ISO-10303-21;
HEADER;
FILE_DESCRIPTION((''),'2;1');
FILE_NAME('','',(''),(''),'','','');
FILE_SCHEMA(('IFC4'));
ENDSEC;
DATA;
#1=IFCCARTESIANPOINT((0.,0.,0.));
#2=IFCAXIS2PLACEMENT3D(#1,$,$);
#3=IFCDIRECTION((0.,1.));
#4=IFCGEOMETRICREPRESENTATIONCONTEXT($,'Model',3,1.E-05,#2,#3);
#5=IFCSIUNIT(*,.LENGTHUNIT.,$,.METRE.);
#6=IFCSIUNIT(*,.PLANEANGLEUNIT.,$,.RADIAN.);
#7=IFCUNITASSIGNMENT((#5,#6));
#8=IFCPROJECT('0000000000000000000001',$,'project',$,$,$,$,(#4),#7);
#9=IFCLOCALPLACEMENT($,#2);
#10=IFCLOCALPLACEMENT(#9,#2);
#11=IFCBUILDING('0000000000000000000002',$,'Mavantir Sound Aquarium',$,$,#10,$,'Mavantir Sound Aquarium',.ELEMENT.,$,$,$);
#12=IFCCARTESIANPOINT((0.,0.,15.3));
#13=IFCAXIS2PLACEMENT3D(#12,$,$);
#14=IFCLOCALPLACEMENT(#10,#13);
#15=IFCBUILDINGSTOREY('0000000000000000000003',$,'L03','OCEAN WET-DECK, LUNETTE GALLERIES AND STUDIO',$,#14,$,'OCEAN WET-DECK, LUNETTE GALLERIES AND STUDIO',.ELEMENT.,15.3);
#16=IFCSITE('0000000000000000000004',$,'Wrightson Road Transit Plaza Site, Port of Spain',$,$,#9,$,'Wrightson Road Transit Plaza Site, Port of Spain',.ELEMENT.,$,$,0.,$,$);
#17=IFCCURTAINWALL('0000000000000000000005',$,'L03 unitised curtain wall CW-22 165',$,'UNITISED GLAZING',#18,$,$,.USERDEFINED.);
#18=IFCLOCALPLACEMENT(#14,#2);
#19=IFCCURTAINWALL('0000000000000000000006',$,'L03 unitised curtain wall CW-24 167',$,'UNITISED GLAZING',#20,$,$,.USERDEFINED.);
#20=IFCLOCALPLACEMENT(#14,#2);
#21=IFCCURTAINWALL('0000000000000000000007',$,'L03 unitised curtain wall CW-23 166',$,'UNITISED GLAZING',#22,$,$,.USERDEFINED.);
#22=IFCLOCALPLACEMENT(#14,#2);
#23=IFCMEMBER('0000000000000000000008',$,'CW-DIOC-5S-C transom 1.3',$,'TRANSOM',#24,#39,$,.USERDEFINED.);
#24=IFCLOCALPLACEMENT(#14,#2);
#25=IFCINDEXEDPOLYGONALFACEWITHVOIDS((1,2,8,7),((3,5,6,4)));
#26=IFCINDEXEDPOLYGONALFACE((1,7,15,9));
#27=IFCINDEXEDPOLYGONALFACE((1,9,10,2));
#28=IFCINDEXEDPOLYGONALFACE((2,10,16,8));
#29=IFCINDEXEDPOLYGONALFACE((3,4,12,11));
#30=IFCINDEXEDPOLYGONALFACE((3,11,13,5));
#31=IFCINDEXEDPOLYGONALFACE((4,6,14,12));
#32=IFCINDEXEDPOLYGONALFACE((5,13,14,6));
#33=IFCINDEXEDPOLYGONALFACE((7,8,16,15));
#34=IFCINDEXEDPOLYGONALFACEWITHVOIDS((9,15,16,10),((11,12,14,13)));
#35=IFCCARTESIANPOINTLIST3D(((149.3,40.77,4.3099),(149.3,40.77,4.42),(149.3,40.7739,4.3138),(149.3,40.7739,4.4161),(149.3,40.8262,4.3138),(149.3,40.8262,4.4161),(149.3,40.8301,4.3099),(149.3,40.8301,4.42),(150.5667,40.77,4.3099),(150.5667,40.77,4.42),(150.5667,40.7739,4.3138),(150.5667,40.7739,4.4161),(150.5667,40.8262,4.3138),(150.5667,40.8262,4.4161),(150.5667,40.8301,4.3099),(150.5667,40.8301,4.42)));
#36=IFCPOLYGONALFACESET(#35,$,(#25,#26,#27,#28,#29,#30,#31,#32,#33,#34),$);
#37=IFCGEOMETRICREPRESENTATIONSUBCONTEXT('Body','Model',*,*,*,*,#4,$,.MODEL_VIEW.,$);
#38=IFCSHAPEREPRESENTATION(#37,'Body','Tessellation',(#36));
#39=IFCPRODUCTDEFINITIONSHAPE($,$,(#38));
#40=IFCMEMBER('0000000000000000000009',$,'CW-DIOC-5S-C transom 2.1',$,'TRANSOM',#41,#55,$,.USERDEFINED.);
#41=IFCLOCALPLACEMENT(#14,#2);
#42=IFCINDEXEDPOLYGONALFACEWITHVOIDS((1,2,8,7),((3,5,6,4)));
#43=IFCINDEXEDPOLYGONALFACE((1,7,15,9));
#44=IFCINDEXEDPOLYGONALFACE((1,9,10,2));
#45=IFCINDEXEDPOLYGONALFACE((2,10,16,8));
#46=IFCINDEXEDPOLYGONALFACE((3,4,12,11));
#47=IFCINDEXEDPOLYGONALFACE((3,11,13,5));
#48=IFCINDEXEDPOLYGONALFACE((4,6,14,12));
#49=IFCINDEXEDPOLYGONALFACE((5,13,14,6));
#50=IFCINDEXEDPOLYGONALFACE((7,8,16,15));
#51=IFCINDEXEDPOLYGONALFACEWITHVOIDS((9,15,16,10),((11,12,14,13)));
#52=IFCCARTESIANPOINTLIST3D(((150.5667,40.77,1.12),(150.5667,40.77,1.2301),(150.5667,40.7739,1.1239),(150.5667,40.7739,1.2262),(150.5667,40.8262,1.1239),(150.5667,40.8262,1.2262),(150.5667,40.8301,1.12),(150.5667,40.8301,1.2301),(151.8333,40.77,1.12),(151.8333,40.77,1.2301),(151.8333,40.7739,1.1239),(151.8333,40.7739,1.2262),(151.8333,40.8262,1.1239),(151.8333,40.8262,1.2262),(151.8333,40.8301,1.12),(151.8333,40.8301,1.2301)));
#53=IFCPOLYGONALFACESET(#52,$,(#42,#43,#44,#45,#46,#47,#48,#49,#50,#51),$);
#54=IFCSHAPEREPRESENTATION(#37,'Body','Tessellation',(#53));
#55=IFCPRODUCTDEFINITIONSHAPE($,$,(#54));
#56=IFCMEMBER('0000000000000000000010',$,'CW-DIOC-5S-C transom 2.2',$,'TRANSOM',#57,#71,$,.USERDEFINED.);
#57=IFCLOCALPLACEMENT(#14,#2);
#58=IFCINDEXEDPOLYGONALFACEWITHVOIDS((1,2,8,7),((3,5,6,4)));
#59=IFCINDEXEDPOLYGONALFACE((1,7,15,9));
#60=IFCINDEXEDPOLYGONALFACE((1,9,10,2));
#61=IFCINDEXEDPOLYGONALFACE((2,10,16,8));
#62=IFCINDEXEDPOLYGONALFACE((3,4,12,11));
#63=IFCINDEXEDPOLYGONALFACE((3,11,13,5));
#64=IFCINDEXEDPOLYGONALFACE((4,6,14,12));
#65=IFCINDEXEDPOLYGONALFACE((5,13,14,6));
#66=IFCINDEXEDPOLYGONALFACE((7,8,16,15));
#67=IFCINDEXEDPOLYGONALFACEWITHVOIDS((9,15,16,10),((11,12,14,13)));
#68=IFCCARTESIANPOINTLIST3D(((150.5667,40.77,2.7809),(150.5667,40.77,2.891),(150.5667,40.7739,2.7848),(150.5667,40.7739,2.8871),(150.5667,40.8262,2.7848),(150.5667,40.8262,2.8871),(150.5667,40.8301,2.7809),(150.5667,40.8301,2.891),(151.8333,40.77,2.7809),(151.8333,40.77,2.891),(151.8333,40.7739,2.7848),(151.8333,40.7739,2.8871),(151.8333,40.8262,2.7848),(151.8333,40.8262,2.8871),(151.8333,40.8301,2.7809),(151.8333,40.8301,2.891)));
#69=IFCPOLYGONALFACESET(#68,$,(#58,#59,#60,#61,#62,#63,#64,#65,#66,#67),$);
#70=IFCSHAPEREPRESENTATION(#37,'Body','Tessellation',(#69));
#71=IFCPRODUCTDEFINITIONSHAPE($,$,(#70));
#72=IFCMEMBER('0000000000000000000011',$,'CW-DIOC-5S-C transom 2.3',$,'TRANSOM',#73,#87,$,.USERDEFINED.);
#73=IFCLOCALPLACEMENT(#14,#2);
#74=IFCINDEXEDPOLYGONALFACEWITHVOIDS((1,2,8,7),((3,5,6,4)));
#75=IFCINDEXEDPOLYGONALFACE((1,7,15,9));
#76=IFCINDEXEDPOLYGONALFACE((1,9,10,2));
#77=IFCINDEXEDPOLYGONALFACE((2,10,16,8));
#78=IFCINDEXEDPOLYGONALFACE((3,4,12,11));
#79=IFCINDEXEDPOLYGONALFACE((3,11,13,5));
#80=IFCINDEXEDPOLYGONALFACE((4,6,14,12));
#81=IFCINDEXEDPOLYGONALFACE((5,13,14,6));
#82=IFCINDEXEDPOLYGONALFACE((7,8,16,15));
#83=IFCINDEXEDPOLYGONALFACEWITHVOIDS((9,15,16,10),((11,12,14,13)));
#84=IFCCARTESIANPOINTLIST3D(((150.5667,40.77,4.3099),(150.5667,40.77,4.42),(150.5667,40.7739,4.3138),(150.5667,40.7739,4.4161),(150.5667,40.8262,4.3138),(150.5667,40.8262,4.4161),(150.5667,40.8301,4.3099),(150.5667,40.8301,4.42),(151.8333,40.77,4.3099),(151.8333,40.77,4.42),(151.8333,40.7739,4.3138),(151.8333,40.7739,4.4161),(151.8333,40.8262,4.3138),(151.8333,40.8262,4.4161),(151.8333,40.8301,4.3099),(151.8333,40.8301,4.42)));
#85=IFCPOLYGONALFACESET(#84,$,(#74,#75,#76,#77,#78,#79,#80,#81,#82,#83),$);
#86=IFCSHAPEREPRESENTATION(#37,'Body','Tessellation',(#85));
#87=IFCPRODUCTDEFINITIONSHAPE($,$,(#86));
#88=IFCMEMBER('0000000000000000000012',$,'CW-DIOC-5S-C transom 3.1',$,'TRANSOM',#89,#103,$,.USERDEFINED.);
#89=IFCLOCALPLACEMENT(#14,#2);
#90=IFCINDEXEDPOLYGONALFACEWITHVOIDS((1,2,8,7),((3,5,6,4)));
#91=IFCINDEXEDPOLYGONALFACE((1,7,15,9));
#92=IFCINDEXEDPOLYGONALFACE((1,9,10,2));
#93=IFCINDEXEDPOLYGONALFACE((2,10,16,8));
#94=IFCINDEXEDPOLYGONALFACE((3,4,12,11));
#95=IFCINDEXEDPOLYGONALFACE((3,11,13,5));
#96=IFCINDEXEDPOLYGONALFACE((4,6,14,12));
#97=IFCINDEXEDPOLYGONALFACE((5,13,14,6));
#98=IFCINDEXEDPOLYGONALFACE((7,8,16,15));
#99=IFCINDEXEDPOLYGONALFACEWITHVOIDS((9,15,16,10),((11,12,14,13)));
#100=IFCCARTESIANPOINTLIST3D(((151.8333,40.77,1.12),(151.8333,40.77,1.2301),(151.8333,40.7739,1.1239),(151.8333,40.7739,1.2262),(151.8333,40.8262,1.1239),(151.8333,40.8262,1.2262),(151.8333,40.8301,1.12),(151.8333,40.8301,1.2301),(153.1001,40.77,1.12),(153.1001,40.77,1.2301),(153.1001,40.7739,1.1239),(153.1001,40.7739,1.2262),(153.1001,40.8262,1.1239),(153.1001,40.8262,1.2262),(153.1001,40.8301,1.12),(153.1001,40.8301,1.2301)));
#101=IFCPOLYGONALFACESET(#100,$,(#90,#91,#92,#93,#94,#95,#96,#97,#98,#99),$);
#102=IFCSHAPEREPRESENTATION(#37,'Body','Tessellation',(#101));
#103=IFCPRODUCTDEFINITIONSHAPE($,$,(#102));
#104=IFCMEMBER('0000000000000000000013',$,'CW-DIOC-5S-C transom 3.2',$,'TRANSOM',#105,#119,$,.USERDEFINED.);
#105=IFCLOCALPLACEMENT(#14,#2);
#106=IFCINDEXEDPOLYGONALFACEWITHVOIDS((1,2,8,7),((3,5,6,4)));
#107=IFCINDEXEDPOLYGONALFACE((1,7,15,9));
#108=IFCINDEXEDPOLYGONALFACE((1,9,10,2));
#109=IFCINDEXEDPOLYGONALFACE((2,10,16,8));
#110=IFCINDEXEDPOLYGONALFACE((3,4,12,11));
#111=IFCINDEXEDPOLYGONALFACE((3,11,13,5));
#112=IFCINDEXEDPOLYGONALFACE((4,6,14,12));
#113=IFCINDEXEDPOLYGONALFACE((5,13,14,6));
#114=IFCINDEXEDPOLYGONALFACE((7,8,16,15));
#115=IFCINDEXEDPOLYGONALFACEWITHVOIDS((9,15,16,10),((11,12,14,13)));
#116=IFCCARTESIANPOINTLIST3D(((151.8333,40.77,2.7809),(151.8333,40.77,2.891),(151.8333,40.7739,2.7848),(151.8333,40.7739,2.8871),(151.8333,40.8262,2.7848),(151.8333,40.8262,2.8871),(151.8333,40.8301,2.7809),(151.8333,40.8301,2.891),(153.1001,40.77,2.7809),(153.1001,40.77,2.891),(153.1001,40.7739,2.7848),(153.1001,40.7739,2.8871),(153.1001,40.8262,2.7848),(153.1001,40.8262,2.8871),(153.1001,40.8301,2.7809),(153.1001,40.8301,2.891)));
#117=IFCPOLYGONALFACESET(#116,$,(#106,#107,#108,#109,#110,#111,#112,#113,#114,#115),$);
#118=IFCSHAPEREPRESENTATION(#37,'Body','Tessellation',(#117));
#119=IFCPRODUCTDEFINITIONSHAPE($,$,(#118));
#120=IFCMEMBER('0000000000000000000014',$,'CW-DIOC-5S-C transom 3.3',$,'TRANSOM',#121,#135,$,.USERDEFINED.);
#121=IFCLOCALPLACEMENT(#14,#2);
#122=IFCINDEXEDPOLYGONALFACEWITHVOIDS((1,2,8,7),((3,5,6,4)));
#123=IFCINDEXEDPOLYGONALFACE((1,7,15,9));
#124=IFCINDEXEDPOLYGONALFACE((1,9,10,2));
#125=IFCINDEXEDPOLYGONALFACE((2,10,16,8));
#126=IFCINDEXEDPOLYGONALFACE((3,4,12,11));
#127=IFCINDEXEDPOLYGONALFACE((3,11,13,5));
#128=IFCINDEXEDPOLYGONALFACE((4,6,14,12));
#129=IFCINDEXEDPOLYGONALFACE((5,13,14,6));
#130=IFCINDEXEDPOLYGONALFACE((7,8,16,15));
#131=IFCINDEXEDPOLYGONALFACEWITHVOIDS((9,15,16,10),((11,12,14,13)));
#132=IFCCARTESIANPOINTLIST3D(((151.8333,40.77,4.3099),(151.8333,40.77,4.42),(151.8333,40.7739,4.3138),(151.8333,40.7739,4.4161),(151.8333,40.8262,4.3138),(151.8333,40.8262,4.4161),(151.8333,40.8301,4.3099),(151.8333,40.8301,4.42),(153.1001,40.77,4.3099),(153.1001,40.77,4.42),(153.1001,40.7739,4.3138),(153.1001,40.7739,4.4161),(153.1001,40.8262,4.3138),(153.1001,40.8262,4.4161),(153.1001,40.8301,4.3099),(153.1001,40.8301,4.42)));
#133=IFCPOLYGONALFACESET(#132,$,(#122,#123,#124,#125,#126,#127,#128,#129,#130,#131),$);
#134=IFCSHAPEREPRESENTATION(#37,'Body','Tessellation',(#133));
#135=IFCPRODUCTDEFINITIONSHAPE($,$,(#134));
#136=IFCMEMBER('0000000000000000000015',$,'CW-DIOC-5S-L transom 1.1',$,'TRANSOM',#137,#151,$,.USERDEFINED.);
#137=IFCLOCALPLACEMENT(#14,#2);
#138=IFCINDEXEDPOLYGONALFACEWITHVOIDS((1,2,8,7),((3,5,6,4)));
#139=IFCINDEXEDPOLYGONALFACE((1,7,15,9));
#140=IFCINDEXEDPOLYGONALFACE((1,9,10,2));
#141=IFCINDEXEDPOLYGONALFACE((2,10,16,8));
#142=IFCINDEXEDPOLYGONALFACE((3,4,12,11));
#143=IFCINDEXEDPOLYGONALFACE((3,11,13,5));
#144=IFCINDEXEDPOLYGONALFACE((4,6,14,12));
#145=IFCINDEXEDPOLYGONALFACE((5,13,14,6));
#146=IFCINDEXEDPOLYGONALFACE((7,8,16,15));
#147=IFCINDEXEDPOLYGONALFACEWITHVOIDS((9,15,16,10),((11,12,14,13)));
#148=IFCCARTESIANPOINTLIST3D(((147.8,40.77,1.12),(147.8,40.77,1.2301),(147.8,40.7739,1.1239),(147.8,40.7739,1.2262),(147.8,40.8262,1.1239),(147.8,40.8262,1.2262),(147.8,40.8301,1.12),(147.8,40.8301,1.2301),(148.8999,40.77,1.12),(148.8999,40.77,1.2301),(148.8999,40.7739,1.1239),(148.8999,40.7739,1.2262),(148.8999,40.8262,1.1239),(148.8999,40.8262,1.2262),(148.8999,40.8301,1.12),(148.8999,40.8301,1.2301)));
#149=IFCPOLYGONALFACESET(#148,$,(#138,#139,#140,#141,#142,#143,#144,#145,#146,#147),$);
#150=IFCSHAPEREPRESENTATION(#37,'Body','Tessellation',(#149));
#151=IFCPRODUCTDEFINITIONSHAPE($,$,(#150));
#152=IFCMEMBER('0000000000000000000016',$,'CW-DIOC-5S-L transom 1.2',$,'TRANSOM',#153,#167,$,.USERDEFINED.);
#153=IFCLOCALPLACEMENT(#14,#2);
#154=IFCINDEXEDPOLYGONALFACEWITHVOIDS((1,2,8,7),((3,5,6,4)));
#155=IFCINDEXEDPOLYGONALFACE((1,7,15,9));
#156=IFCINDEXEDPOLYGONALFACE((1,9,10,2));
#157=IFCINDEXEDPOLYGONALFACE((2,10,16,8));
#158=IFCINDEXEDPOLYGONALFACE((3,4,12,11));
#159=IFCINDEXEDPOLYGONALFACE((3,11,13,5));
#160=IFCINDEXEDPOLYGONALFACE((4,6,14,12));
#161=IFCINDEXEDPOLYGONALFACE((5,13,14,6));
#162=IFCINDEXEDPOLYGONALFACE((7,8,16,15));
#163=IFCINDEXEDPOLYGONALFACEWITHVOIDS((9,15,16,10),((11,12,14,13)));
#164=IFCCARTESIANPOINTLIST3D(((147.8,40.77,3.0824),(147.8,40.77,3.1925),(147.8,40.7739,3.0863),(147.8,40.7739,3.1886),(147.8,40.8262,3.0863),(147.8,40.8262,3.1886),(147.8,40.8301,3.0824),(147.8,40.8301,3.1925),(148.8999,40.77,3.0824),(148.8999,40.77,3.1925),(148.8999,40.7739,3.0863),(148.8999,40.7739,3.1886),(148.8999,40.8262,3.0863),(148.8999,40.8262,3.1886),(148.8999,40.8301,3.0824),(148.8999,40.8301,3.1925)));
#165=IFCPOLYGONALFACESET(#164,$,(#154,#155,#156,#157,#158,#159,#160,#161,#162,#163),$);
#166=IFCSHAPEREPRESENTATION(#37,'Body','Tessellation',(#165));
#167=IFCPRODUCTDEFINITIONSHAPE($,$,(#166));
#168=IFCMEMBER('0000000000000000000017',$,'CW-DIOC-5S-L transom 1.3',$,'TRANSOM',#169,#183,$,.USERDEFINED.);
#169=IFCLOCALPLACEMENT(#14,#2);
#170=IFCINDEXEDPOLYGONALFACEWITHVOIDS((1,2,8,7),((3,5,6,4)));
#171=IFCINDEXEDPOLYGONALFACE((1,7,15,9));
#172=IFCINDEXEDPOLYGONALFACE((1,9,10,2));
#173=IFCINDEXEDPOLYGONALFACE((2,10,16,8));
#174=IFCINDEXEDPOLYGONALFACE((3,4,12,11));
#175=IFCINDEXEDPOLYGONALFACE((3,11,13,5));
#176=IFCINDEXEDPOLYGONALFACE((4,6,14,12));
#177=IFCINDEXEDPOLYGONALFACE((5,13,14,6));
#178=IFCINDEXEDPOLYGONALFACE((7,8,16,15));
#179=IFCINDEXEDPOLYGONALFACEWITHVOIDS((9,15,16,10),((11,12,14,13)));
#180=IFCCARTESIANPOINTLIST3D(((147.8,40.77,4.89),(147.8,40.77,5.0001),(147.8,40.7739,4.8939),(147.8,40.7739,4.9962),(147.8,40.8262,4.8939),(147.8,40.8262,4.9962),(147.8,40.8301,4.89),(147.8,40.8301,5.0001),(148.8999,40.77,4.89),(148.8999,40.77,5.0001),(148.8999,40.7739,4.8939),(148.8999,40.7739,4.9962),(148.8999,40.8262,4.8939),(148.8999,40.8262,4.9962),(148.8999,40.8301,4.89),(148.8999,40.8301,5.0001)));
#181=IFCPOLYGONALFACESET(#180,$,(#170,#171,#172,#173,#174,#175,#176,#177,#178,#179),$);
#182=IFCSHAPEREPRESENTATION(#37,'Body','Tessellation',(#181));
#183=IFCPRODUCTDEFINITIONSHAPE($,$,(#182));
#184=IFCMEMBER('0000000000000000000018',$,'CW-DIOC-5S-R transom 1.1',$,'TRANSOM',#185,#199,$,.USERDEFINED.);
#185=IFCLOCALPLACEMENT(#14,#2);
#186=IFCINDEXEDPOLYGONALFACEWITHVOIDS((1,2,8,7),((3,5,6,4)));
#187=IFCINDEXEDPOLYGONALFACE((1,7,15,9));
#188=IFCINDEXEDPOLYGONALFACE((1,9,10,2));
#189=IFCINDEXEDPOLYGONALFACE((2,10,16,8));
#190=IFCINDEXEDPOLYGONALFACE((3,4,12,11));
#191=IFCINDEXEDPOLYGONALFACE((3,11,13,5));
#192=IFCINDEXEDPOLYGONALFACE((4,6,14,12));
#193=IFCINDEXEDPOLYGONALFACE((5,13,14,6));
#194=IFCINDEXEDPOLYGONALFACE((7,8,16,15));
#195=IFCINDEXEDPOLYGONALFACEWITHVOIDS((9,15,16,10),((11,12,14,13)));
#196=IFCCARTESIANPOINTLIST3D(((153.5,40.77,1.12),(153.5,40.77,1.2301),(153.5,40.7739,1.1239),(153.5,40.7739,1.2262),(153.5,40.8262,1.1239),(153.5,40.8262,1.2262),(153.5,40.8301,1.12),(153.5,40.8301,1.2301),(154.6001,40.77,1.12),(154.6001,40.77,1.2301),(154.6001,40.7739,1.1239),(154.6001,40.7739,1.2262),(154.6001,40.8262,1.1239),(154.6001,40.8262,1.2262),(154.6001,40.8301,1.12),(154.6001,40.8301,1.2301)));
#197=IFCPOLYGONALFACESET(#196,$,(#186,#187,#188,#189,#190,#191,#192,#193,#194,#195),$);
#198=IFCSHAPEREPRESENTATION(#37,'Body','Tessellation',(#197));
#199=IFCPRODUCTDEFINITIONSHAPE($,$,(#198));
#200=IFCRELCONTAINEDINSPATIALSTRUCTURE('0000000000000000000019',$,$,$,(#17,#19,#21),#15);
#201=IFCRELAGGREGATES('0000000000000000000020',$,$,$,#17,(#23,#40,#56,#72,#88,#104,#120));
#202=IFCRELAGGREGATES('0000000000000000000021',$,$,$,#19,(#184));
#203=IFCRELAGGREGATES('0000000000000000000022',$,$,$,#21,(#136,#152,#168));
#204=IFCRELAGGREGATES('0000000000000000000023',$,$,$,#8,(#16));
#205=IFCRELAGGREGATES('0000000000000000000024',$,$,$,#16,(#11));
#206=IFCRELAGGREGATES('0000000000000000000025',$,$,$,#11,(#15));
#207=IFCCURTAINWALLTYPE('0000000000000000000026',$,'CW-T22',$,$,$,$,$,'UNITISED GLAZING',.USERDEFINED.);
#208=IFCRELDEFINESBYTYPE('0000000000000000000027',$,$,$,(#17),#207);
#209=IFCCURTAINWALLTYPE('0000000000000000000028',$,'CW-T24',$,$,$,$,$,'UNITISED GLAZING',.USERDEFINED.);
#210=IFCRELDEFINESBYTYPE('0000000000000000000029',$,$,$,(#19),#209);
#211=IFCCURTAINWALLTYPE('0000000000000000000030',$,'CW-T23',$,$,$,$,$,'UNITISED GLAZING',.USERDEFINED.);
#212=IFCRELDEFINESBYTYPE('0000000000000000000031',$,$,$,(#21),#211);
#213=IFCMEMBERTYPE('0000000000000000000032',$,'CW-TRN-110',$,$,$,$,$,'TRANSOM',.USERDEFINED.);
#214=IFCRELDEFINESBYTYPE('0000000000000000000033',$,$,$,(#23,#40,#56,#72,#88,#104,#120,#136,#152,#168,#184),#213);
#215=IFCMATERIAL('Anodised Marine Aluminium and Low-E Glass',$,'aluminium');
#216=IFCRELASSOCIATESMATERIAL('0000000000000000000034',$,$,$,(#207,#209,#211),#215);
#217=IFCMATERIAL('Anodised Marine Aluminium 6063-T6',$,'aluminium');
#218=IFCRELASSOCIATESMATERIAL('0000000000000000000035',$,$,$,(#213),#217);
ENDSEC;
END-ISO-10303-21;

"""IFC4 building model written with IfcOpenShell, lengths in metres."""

from ifc_helpers import new_model, si_unit, direction, frame, origin, origin_2d, place, context, subcontext, project, spatial, hollow_rectangle, extrude, material, material_profile, profile_set, type_object, element, aggregate, save


model = new_model("IFC4")

# Units and contexts
model_context = context("Model", 3, precision=1e-05, world=origin(), true_north=direction((0.0, 1.0)))
body_context = subcontext(model_context, "Body", "Model", "MODEL_VIEW")
ifc_project = project(units=[si_unit("LENGTHUNIT", "METRE"), si_unit("PLANEANGLEUNIT", "RADIAN")], contexts=[model_context])

# Site, building, storey
site_placement = place(None, origin())
site = spatial("IfcSite", under=ifc_project, at=site_placement, Name="Wrightson Road Transit Plaza Site, Port of Spain", LongName="Wrightson Road Transit Plaza Site, Port of Spain", CompositionType="ELEMENT", RefElevation=0.0)
building_placement = place(site_placement, origin())
building = spatial("IfcBuilding", under=site, at=building_placement, Name="Mavantir Sound Aquarium", LongName="Mavantir Sound Aquarium", CompositionType="ELEMENT")
storey_placement = place(building_placement, frame((0.0, 0.0, 15.3)))
storey = spatial("IfcBuildingStorey", under=building, at=storey_placement, Name="L03", Description="OCEAN WET-DECK, LUNETTE GALLERIES AND STUDIO", LongName="OCEAN WET-DECK, LUNETTE GALLERIES AND STUDIO", CompositionType="ELEMENT", Elevation=15.3)

# Curtain walls
ifc_material_1 = material(Name="Anodised Marine Aluminium and Low-E Glass", Category="aluminium")
curtain_wall_type_1 = type_object("IfcCurtainWallType", Name="CW-T22", ElementType="UNITISED GLAZING", PredefinedType="USERDEFINED", material=ifc_material_1)
curtain_wall_1_placement = place(storey_placement, origin())
curtain_wall_1 = element("IfcCurtainWall", 1, at=curtain_wall_1_placement, inside=storey, type_object=curtain_wall_type_1, Name="L03 unitised curtain wall CW-22 165", ObjectType="UNITISED GLAZING", PredefinedType="USERDEFINED")
ifc_material_2 = material(Name="Anodised Marine Aluminium 6063-T6", Category="aluminium")
curtain_wall_type_2 = type_object("IfcCurtainWallType", Name="CW-T24", ElementType="UNITISED GLAZING", PredefinedType="USERDEFINED", material=ifc_material_1)
curtain_wall_2_placement = place(storey_placement, origin())
curtain_wall_2 = element("IfcCurtainWall", 2, at=curtain_wall_2_placement, inside=storey, type_object=curtain_wall_type_2, Name="L03 unitised curtain wall CW-24 167", ObjectType="UNITISED GLAZING", PredefinedType="USERDEFINED")
curtain_wall_type_3 = type_object("IfcCurtainWallType", Name="CW-T23", ElementType="UNITISED GLAZING", PredefinedType="USERDEFINED", material=ifc_material_1)
curtain_wall_3_placement = place(storey_placement, origin())
curtain_wall_3 = element("IfcCurtainWall", 3, at=curtain_wall_3_placement, inside=storey, type_object=curtain_wall_type_3, Name="L03 unitised curtain wall CW-23 166", ObjectType="UNITISED GLAZING", PredefinedType="USERDEFINED")

# Members
ifc_material_profile_1 = material_profile(ifc_material_2, hollow_rectangle(XDim=0.0601, YDim=0.1101, WallThickness=0.0039, at=origin_2d()), Name="ALU-TRANSOM-110X60")
ifc_profile_set_1 = profile_set([ifc_material_profile_1], Name="Anodised Marine Aluminium 6063-T6")
member_type_1 = type_object("IfcMemberType", Name="CW-TRN-110", ElementType="TRANSOM", PredefinedType="USERDEFINED", material=ifc_profile_set_1)
member_1_placement = place(storey_placement, frame((149.3, 40.8, 4.365), z_axis=(1.0, 0.0, 0.0), x_axis=(0.0, 1.0, 0.0)))
member_1 = element("IfcMember", 4, at=member_1_placement, type_object=member_type_1, Name="CW-DIOC-5S-C transom 1.3", ObjectType="TRANSOM", PredefinedType="USERDEFINED", context=body_context, shape_type="SweptSolid", body=[
    extrude(hollow_rectangle(XDim=0.0601, YDim=0.1101, WallThickness=0.0039, at=origin_2d()), origin(), (0.0, 0.0, 1.0), 1.2666),
])
member_2_placement = place(storey_placement, frame((150.5667, 40.8, 1.175), z_axis=(1.0, 0.0, 0.0), x_axis=(0.0, 1.0, 0.0)))
member_2 = element("IfcMember", 5, at=member_2_placement, type_object=member_type_1, Name="CW-DIOC-5S-C transom 2.1", ObjectType="TRANSOM", PredefinedType="USERDEFINED", context=body_context, shape_type="SweptSolid", body=[
    extrude(hollow_rectangle(XDim=0.0601, YDim=0.1101, WallThickness=0.0039, at=origin_2d()), origin(), (0.0, 0.0, 1.0), 1.2666),
])
member_3_placement = place(storey_placement, frame((150.5667, 40.8, 2.8359), z_axis=(1.0, 0.0, 0.0), x_axis=(0.0, 1.0, 0.0)))
member_3 = element("IfcMember", 6, at=member_3_placement, type_object=member_type_1, Name="CW-DIOC-5S-C transom 2.2", ObjectType="TRANSOM", PredefinedType="USERDEFINED", context=body_context, shape_type="SweptSolid", body=[
    extrude(hollow_rectangle(XDim=0.0601, YDim=0.1101, WallThickness=0.0039, at=origin_2d()), origin(), (0.0, 0.0, 1.0), 1.2666),
])
member_4_placement = place(storey_placement, frame((150.5667, 40.8, 4.365), z_axis=(1.0, 0.0, 0.0), x_axis=(0.0, 1.0, 0.0)))
member_4 = element("IfcMember", 7, at=member_4_placement, type_object=member_type_1, Name="CW-DIOC-5S-C transom 2.3", ObjectType="TRANSOM", PredefinedType="USERDEFINED", context=body_context, shape_type="SweptSolid", body=[
    extrude(hollow_rectangle(XDim=0.0601, YDim=0.1101, WallThickness=0.0039, at=origin_2d()), origin(), (0.0, 0.0, 1.0), 1.2666),
])
member_5_placement = place(storey_placement, frame((151.8333, 40.8, 1.175), z_axis=(1.0, 0.0, 0.0), x_axis=(0.0, 1.0, 0.0)))
member_5 = element("IfcMember", 8, at=member_5_placement, type_object=member_type_1, Name="CW-DIOC-5S-C transom 3.1", ObjectType="TRANSOM", PredefinedType="USERDEFINED", context=body_context, shape_type="SweptSolid", body=[
    extrude(hollow_rectangle(XDim=0.0601, YDim=0.1101, WallThickness=0.0039, at=origin_2d()), origin(), (0.0, 0.0, 1.0), 1.2668),
])
member_6_placement = place(storey_placement, frame((151.8333, 40.8, 2.8359), z_axis=(1.0, 0.0, 0.0), x_axis=(0.0, 1.0, 0.0)))
member_6 = element("IfcMember", 9, at=member_6_placement, type_object=member_type_1, Name="CW-DIOC-5S-C transom 3.2", ObjectType="TRANSOM", PredefinedType="USERDEFINED", context=body_context, shape_type="SweptSolid", body=[
    extrude(hollow_rectangle(XDim=0.0601, YDim=0.1101, WallThickness=0.0039, at=origin_2d()), origin(), (0.0, 0.0, 1.0), 1.2668),
])
member_7_placement = place(storey_placement, frame((151.8333, 40.8, 4.365), z_axis=(1.0, 0.0, 0.0), x_axis=(0.0, 1.0, 0.0)))
member_7 = element("IfcMember", 10, at=member_7_placement, type_object=member_type_1, Name="CW-DIOC-5S-C transom 3.3", ObjectType="TRANSOM", PredefinedType="USERDEFINED", context=body_context, shape_type="SweptSolid", body=[
    extrude(hollow_rectangle(XDim=0.0601, YDim=0.1101, WallThickness=0.0039, at=origin_2d()), origin(), (0.0, 0.0, 1.0), 1.2668),
])
member_8_placement = place(storey_placement, frame((147.8, 40.8, 1.175), z_axis=(1.0, 0.0, 0.0), x_axis=(0.0, 1.0, 0.0)))
member_8 = element("IfcMember", 11, at=member_8_placement, type_object=member_type_1, Name="CW-DIOC-5S-L transom 1.1", ObjectType="TRANSOM", PredefinedType="USERDEFINED", context=body_context, shape_type="SweptSolid", body=[
    extrude(hollow_rectangle(XDim=0.0601, YDim=0.1101, WallThickness=0.0039, at=origin_2d()), origin(), (0.0, 0.0, 1.0), 1.0999),
])
member_9_placement = place(storey_placement, frame((147.8, 40.8, 3.1375), z_axis=(1.0, 0.0, 0.0), x_axis=(0.0, 1.0, 0.0)))
member_9 = element("IfcMember", 12, at=member_9_placement, type_object=member_type_1, Name="CW-DIOC-5S-L transom 1.2", ObjectType="TRANSOM", PredefinedType="USERDEFINED", context=body_context, shape_type="SweptSolid", body=[
    extrude(hollow_rectangle(XDim=0.0601, YDim=0.1101, WallThickness=0.0039, at=origin_2d()), origin(), (0.0, 0.0, 1.0), 1.0999),
])
member_10_placement = place(storey_placement, frame((147.8, 40.8, 4.9451), z_axis=(1.0, 0.0, 0.0), x_axis=(0.0, 1.0, 0.0)))
member_10 = element("IfcMember", 13, at=member_10_placement, type_object=member_type_1, Name="CW-DIOC-5S-L transom 1.3", ObjectType="TRANSOM", PredefinedType="USERDEFINED", context=body_context, shape_type="SweptSolid", body=[
    extrude(hollow_rectangle(XDim=0.0601, YDim=0.1101, WallThickness=0.0039, at=origin_2d()), origin(), (0.0, 0.0, 1.0), 1.0999),
])
member_11_placement = place(storey_placement, frame((153.5, 40.8, 1.175), z_axis=(1.0, 0.0, 0.0), x_axis=(0.0, 1.0, 0.0)))
member_11 = element("IfcMember", 14, at=member_11_placement, type_object=member_type_1, Name="CW-DIOC-5S-R transom 1.1", ObjectType="TRANSOM", PredefinedType="USERDEFINED", context=body_context, shape_type="SweptSolid", body=[
    extrude(hollow_rectangle(XDim=0.0601, YDim=0.1101, WallThickness=0.0039, at=origin_2d()), origin(), (0.0, 0.0, 1.0), 1.1001),
])

aggregate(curtain_wall_1, [member_1, member_2, member_3, member_4, member_5, member_6, member_7])
aggregate(curtain_wall_2, [member_11])
aggregate(curtain_wall_3, [member_8, member_9, member_10])

save(model, "model.ifc")
